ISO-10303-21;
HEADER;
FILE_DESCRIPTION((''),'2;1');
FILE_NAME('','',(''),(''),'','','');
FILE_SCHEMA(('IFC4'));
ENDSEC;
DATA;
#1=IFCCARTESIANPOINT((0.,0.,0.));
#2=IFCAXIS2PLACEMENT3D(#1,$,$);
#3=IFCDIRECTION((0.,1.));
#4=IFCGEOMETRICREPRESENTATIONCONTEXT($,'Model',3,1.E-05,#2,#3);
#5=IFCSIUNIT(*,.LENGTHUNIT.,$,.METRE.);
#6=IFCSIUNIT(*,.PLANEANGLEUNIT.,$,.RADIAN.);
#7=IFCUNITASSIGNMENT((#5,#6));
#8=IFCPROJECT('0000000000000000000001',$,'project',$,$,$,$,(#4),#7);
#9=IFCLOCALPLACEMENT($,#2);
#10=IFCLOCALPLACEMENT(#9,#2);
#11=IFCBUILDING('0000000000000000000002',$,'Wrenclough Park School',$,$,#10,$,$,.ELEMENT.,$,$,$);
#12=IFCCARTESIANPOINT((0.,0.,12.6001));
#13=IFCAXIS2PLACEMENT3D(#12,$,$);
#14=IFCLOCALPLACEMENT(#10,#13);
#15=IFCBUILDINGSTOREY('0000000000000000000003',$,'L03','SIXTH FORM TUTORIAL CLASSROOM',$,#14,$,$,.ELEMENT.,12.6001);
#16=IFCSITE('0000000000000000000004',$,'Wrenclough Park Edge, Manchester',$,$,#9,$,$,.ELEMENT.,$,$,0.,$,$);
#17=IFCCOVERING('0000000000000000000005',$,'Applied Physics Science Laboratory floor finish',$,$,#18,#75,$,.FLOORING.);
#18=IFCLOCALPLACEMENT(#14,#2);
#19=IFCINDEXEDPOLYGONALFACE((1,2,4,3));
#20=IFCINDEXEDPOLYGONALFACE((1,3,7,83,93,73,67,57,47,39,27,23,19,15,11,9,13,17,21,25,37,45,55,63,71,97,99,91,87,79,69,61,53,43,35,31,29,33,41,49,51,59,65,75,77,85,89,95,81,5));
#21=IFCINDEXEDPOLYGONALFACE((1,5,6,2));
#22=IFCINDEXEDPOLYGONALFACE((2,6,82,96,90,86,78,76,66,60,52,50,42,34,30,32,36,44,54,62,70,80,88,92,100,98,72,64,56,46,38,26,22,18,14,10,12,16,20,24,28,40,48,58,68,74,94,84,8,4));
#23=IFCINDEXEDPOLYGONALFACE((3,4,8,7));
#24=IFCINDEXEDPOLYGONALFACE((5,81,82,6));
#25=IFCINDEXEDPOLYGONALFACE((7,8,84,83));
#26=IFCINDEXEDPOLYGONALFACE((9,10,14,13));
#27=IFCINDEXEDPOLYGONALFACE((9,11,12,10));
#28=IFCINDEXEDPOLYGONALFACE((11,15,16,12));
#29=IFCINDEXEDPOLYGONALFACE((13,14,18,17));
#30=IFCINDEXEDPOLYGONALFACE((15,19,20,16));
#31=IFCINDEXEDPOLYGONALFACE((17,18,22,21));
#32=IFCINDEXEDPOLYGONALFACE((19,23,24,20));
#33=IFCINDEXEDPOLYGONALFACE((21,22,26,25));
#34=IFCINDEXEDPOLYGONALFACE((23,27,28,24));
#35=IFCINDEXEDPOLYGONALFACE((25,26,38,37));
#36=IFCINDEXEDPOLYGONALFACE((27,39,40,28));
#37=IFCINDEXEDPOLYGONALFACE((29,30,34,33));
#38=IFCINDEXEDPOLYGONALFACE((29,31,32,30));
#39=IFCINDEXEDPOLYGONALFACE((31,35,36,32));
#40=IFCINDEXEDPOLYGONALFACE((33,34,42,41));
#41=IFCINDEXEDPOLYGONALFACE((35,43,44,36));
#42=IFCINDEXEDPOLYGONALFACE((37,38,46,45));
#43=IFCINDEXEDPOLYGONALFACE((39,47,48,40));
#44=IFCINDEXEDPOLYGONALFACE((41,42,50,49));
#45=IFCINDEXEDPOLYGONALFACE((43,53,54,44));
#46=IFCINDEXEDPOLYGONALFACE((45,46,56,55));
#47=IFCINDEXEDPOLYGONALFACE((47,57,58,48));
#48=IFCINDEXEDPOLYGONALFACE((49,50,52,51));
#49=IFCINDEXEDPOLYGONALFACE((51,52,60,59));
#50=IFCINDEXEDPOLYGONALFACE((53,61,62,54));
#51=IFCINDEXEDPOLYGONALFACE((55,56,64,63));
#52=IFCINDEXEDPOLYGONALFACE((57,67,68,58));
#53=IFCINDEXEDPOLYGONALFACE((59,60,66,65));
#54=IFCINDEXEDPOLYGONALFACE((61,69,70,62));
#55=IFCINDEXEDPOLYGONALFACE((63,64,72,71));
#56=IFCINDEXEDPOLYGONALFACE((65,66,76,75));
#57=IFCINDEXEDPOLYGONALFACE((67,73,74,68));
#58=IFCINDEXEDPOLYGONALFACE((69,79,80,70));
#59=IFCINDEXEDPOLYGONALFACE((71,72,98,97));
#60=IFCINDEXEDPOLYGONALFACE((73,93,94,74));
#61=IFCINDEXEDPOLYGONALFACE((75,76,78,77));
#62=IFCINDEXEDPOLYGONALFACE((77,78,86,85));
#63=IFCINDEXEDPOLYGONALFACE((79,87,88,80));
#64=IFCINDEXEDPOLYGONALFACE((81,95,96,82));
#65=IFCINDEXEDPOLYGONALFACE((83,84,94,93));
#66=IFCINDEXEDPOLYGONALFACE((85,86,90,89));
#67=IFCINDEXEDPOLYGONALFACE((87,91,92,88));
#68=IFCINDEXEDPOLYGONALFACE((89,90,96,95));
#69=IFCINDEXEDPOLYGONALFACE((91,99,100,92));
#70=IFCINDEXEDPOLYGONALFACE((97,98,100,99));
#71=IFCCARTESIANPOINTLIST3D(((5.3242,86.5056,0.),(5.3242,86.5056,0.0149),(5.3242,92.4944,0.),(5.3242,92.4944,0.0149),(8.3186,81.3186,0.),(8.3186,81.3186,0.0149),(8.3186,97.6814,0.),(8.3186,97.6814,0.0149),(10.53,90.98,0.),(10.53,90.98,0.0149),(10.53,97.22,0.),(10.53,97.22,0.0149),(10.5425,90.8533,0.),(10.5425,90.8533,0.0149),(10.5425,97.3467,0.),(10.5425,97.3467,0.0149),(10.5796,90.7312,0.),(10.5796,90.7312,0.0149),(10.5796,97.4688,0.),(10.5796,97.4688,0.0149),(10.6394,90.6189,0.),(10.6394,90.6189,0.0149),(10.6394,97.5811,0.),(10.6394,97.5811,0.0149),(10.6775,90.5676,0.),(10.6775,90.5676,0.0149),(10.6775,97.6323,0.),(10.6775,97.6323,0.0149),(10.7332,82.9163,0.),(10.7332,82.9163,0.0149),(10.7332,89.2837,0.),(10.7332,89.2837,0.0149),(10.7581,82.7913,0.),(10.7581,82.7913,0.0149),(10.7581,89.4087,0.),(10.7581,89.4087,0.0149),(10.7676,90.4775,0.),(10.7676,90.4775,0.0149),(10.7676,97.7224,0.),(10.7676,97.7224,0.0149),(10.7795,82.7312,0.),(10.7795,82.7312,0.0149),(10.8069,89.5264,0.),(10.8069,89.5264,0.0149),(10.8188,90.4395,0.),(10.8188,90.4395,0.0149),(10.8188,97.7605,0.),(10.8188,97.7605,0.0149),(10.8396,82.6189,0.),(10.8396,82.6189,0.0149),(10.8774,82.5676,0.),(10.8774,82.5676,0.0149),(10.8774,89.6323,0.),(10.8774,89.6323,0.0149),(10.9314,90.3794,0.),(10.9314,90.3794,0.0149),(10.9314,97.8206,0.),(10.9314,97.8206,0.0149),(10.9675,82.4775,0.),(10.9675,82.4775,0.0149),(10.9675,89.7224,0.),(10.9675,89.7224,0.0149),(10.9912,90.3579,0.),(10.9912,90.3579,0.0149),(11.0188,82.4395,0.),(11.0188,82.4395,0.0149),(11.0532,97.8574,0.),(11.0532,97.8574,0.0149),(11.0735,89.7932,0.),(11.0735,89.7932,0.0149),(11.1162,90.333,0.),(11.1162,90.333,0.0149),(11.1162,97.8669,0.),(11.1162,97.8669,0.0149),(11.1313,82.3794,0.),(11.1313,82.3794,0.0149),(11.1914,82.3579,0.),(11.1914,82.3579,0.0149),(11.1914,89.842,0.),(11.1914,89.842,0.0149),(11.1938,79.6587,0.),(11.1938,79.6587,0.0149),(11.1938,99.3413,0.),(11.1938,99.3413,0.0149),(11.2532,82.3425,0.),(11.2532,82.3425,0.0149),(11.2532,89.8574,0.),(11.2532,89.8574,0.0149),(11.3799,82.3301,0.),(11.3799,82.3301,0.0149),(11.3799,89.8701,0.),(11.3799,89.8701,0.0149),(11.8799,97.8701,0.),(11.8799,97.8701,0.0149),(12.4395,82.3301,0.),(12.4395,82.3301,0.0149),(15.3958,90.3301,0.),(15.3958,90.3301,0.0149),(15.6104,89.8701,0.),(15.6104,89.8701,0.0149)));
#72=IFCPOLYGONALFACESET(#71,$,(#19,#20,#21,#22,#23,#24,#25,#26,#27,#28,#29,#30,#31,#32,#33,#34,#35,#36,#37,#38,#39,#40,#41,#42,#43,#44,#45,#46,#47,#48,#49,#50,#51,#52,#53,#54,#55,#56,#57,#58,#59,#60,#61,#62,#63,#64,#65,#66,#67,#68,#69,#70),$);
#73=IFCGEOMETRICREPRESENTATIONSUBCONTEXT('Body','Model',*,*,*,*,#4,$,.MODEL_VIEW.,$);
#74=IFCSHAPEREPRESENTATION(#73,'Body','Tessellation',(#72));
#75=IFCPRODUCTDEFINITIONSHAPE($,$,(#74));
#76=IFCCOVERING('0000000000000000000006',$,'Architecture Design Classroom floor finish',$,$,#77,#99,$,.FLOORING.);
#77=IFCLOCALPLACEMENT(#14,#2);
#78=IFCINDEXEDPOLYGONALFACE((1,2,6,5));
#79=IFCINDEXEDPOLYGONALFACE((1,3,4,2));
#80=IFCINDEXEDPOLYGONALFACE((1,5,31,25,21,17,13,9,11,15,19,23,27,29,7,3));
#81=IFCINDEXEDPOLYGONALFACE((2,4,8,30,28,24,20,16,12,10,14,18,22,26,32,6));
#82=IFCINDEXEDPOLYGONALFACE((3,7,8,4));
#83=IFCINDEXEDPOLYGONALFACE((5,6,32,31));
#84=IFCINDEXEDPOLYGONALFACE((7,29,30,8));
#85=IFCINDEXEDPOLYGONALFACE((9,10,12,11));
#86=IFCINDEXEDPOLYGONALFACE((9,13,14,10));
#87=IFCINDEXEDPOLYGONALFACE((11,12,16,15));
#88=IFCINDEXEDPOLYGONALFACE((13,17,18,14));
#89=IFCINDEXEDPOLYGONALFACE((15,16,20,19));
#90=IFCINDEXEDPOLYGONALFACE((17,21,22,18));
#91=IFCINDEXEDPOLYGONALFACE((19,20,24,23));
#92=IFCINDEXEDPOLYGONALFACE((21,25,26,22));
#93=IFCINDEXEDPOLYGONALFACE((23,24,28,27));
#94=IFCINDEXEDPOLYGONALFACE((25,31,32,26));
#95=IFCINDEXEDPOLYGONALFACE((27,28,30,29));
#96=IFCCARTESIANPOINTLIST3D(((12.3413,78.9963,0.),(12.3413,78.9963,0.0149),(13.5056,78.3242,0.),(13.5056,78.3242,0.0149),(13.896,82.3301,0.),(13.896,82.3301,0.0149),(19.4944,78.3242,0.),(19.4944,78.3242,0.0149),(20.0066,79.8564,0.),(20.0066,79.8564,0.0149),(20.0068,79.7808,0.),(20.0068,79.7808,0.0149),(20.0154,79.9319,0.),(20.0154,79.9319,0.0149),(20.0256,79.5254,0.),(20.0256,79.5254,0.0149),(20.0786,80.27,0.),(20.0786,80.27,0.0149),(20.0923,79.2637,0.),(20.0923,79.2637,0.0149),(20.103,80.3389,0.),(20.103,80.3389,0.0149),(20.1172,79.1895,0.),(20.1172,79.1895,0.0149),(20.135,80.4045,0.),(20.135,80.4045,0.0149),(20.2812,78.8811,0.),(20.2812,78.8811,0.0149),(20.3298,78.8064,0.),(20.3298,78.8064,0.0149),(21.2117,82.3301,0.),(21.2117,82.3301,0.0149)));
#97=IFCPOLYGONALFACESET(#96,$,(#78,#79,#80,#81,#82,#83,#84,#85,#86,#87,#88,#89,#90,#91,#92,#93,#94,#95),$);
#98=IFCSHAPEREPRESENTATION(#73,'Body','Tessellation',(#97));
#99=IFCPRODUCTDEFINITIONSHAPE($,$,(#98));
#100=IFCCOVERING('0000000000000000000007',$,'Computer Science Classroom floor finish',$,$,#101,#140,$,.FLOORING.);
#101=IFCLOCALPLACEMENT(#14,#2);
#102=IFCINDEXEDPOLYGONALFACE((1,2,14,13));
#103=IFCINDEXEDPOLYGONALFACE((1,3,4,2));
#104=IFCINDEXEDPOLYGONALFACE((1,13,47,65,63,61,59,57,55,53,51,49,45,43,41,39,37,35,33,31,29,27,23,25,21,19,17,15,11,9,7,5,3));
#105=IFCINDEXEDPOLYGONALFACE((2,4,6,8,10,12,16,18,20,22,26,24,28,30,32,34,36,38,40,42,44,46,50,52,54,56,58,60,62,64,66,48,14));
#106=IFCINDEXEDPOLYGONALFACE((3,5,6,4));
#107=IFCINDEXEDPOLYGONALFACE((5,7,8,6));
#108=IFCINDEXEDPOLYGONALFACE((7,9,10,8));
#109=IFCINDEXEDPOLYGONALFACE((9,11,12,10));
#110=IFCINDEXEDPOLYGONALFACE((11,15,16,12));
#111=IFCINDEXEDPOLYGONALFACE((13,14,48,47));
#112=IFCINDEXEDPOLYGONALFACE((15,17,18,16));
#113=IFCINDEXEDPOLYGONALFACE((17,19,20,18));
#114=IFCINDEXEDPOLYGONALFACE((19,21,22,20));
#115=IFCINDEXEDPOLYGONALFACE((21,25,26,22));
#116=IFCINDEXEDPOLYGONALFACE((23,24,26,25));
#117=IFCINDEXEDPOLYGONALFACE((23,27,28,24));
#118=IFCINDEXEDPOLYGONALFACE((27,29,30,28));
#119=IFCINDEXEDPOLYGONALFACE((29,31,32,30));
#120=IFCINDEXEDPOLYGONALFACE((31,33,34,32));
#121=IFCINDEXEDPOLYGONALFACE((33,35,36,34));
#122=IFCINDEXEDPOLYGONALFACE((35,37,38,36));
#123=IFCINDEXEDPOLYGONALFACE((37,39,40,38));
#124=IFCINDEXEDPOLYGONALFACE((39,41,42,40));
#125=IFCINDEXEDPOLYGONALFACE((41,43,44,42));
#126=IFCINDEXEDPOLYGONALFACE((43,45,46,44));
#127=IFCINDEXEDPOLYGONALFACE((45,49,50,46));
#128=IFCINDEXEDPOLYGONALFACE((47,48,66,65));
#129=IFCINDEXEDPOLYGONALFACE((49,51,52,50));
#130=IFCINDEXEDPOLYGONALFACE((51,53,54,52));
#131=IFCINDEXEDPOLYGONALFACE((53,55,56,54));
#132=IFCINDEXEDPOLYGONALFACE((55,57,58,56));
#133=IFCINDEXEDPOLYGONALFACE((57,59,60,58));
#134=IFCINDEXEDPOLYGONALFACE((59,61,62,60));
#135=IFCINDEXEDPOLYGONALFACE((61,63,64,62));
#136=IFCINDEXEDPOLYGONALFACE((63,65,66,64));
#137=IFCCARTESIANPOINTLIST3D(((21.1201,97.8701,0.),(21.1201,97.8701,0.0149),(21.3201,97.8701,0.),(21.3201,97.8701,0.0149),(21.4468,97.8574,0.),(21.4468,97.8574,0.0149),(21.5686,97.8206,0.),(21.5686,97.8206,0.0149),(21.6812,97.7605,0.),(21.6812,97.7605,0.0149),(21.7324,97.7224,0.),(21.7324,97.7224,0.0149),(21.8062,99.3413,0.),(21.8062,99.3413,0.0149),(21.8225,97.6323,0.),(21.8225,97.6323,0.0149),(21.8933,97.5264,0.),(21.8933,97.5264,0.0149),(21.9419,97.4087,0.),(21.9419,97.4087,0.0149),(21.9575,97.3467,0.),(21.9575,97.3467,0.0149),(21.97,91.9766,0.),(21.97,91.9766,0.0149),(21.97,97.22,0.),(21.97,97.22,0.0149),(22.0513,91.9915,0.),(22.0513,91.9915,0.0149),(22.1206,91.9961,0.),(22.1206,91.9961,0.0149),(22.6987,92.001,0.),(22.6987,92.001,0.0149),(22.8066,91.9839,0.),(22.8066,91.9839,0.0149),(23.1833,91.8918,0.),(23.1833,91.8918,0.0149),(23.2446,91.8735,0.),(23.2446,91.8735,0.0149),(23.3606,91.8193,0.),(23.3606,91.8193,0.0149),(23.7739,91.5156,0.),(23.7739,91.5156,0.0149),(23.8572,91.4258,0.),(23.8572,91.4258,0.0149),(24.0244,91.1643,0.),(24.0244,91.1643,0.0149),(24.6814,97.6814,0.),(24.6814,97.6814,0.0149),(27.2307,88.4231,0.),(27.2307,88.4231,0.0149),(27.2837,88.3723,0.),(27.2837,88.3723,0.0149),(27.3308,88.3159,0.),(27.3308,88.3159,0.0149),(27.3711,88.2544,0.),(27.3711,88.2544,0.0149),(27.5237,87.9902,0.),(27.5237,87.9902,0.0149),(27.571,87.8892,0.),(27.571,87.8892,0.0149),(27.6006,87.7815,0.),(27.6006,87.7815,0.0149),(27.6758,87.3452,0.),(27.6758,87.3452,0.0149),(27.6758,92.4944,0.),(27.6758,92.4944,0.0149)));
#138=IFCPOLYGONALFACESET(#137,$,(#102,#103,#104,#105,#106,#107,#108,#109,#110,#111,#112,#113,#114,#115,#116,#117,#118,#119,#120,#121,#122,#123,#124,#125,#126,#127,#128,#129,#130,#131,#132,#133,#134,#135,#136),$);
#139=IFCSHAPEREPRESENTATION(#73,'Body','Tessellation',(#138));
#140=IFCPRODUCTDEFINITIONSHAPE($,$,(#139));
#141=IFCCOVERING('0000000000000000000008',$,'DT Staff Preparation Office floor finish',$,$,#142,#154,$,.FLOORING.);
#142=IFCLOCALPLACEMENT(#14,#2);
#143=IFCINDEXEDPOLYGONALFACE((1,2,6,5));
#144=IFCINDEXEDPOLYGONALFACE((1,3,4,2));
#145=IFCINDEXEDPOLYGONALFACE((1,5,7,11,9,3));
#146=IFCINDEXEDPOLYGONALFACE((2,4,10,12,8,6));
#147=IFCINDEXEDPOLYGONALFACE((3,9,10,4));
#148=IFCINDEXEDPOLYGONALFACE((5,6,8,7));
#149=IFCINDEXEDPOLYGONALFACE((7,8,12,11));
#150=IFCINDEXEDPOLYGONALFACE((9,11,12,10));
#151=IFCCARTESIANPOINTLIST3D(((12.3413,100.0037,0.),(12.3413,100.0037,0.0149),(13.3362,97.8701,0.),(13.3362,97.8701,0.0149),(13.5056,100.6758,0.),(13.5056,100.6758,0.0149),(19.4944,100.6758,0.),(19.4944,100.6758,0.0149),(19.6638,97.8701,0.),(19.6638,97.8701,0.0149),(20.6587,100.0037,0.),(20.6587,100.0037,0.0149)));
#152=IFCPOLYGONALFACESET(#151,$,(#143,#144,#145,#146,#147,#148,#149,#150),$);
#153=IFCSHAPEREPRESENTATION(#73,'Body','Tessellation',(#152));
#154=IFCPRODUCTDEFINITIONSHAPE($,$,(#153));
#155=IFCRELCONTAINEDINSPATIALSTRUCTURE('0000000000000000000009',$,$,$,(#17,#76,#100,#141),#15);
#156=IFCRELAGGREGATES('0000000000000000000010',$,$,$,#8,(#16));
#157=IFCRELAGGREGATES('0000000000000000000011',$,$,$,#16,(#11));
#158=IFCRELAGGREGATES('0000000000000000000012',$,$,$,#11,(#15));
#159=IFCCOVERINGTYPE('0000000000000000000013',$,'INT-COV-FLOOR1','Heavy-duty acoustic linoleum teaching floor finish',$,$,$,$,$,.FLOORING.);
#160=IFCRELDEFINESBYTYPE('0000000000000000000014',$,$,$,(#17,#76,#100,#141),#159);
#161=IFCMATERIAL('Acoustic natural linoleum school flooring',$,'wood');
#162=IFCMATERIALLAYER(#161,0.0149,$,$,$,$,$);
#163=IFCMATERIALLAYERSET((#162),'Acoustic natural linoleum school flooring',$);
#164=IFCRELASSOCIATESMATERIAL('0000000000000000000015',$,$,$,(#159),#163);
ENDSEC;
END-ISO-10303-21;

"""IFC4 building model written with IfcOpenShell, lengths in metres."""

from ifc_helpers import new_model, si_unit, direction, frame, origin, place, context, subcontext, project, spatial, polyline, outline, extrude, material, layer, layer_set, type_object, element, save


model = new_model("IFC4")

# Units and contexts
model_context = context("Model", 3, precision=1e-05, world=origin(), true_north=direction((0.0, 1.0)))
body_context = subcontext(model_context, "Body", "Model", "MODEL_VIEW")
ifc_project = project(units=[si_unit("LENGTHUNIT", "METRE"), si_unit("PLANEANGLEUNIT", "RADIAN")], contexts=[model_context])

# Site, building, storey
site_placement = place(None, origin())
site = spatial("IfcSite", under=ifc_project, at=site_placement, Name="Wrenclough Park Edge, Manchester", CompositionType="ELEMENT", RefElevation=0.0)
building_placement = place(site_placement, origin())
building = spatial("IfcBuilding", under=site, at=building_placement, Name="Wrenclough Park School", CompositionType="ELEMENT")
storey_placement = place(building_placement, frame((0.0, 0.0, 12.6001)))
storey = spatial("IfcBuildingStorey", under=building, at=storey_placement, Name="L03", Description="SIXTH FORM TUTORIAL CLASSROOM", CompositionType="ELEMENT", Elevation=12.6001)

# Coverings
ifc_material_1 = material(Name="Acoustic natural linoleum school flooring", Category="wood")
ifc_layer_1 = layer(ifc_material_1, 0.0149)
ifc_layer_set_1 = layer_set([ifc_layer_1], Name="Acoustic natural linoleum school flooring")
covering_type_1 = type_object("IfcCoveringType", Name="INT-COV-FLOOR1", Description="Heavy-duty acoustic linoleum teaching floor finish", PredefinedType="FLOORING", material=ifc_layer_set_1)
covering_1_placement = place(storey_placement, origin())
element("IfcCovering", 1, at=covering_1_placement, inside=storey, type_object=covering_type_1, Name="Applied Physics Science Laboratory floor finish", PredefinedType="FLOORING", context=body_context, shape_type="SweptSolid", body=[
    extrude(outline(polyline([(11.3799, 89.8701), (15.6104, 89.8701), (15.3958, 90.3301), (11.1162, 90.333), (10.9912, 90.3579), (10.9314, 90.3794), (10.8188, 90.4395), (10.7676, 90.4775), (10.6775, 90.5676), (10.6394, 90.6189), (10.5796, 90.7312), (10.5425, 90.8533), (10.53, 90.98), (10.53, 97.22), (10.5425, 97.3467), (10.5796, 97.4688), (10.6394, 97.5811), (10.6775, 97.6323), (10.7676, 97.7224), (10.8188, 97.7605), (10.9314, 97.8206), (11.0532, 97.8574), (11.1162, 97.8669), (11.8799, 97.8701), (11.1938, 99.3413), (8.3186, 97.6814), (5.3242, 92.4944), (5.3242, 86.5056), (8.3186, 81.3186), (11.1938, 79.6587), (12.4395, 82.3301), (11.3799, 82.3301), (11.2532, 82.3425), (11.1914, 82.3579), (11.1313, 82.3794), (11.0188, 82.4395), (10.9675, 82.4775), (10.8774, 82.5676), (10.8396, 82.6189), (10.7795, 82.7312), (10.7581, 82.7913), (10.7332, 82.9163), (10.7332, 89.2837), (10.7581, 89.4087), (10.8069, 89.5264), (10.8774, 89.6323), (10.9675, 89.7224), (11.0735, 89.7932), (11.1914, 89.842), (11.2532, 89.8574), (11.3799, 89.8701)])), origin(), (0.0, 0.0, 1.0), 0.0149),
])
covering_2_placement = place(storey_placement, origin())
element("IfcCovering", 2, at=covering_2_placement, inside=storey, type_object=covering_type_1, Name="Architecture Design Classroom floor finish", PredefinedType="FLOORING", context=body_context, shape_type="SweptSolid", body=[
    extrude(outline(polyline([(21.2117, 82.3301), (13.896, 82.3301), (12.3413, 78.9963), (13.5056, 78.3242), (19.4944, 78.3242), (20.3298, 78.8064), (20.2812, 78.8811), (20.1172, 79.1895), (20.0923, 79.2637), (20.0256, 79.5254), (20.0068, 79.7808), (20.0066, 79.8564), (20.0154, 79.9319), (20.0786, 80.27), (20.103, 80.3389), (20.135, 80.4045), (21.2117, 82.3301)])), origin(), (0.0, 0.0, 1.0), 0.0149),
])
covering_3_placement = place(storey_placement, origin())
element("IfcCovering", 3, at=covering_3_placement, inside=storey, type_object=covering_type_1, Name="Computer Science Classroom floor finish", PredefinedType="FLOORING", context=body_context, shape_type="SweptSolid", body=[
    extrude(outline(polyline([(21.97, 97.22), (21.97, 91.9766), (22.0513, 91.9915), (22.1206, 91.9961), (22.6987, 92.001), (22.8066, 91.9839), (23.1833, 91.8918), (23.2446, 91.8735), (23.3606, 91.8193), (23.7739, 91.5156), (23.8572, 91.4258), (24.0244, 91.1643), (27.2307, 88.4231), (27.2837, 88.3723), (27.3308, 88.3159), (27.3711, 88.2544), (27.5237, 87.9902), (27.571, 87.8892), (27.6006, 87.7815), (27.6758, 87.3452), (27.6758, 92.4944), (24.6814, 97.6814), (21.8062, 99.3413), (21.1201, 97.8701), (21.3201, 97.8701), (21.4468, 97.8574), (21.5686, 97.8206), (21.6812, 97.7605), (21.7324, 97.7224), (21.8225, 97.6323), (21.8933, 97.5264), (21.9419, 97.4087), (21.9575, 97.3467), (21.97, 97.22)])), origin(), (0.0, 0.0, 1.0), 0.0149),
])
covering_4_placement = place(storey_placement, origin())
element("IfcCovering", 4, at=covering_4_placement, inside=storey, type_object=covering_type_1, Name="DT Staff Preparation Office floor finish", PredefinedType="FLOORING", context=body_context, shape_type="SweptSolid", body=[
    extrude(outline(polyline([(13.3362, 97.8701), (19.6638, 97.8701), (20.6587, 100.0037), (19.4944, 100.6758), (13.5056, 100.6758), (12.3413, 100.0037), (13.3362, 97.8701)])), origin(), (0.0, 0.0, 1.0), 0.0149),
])

save(model, "model.ifc")
